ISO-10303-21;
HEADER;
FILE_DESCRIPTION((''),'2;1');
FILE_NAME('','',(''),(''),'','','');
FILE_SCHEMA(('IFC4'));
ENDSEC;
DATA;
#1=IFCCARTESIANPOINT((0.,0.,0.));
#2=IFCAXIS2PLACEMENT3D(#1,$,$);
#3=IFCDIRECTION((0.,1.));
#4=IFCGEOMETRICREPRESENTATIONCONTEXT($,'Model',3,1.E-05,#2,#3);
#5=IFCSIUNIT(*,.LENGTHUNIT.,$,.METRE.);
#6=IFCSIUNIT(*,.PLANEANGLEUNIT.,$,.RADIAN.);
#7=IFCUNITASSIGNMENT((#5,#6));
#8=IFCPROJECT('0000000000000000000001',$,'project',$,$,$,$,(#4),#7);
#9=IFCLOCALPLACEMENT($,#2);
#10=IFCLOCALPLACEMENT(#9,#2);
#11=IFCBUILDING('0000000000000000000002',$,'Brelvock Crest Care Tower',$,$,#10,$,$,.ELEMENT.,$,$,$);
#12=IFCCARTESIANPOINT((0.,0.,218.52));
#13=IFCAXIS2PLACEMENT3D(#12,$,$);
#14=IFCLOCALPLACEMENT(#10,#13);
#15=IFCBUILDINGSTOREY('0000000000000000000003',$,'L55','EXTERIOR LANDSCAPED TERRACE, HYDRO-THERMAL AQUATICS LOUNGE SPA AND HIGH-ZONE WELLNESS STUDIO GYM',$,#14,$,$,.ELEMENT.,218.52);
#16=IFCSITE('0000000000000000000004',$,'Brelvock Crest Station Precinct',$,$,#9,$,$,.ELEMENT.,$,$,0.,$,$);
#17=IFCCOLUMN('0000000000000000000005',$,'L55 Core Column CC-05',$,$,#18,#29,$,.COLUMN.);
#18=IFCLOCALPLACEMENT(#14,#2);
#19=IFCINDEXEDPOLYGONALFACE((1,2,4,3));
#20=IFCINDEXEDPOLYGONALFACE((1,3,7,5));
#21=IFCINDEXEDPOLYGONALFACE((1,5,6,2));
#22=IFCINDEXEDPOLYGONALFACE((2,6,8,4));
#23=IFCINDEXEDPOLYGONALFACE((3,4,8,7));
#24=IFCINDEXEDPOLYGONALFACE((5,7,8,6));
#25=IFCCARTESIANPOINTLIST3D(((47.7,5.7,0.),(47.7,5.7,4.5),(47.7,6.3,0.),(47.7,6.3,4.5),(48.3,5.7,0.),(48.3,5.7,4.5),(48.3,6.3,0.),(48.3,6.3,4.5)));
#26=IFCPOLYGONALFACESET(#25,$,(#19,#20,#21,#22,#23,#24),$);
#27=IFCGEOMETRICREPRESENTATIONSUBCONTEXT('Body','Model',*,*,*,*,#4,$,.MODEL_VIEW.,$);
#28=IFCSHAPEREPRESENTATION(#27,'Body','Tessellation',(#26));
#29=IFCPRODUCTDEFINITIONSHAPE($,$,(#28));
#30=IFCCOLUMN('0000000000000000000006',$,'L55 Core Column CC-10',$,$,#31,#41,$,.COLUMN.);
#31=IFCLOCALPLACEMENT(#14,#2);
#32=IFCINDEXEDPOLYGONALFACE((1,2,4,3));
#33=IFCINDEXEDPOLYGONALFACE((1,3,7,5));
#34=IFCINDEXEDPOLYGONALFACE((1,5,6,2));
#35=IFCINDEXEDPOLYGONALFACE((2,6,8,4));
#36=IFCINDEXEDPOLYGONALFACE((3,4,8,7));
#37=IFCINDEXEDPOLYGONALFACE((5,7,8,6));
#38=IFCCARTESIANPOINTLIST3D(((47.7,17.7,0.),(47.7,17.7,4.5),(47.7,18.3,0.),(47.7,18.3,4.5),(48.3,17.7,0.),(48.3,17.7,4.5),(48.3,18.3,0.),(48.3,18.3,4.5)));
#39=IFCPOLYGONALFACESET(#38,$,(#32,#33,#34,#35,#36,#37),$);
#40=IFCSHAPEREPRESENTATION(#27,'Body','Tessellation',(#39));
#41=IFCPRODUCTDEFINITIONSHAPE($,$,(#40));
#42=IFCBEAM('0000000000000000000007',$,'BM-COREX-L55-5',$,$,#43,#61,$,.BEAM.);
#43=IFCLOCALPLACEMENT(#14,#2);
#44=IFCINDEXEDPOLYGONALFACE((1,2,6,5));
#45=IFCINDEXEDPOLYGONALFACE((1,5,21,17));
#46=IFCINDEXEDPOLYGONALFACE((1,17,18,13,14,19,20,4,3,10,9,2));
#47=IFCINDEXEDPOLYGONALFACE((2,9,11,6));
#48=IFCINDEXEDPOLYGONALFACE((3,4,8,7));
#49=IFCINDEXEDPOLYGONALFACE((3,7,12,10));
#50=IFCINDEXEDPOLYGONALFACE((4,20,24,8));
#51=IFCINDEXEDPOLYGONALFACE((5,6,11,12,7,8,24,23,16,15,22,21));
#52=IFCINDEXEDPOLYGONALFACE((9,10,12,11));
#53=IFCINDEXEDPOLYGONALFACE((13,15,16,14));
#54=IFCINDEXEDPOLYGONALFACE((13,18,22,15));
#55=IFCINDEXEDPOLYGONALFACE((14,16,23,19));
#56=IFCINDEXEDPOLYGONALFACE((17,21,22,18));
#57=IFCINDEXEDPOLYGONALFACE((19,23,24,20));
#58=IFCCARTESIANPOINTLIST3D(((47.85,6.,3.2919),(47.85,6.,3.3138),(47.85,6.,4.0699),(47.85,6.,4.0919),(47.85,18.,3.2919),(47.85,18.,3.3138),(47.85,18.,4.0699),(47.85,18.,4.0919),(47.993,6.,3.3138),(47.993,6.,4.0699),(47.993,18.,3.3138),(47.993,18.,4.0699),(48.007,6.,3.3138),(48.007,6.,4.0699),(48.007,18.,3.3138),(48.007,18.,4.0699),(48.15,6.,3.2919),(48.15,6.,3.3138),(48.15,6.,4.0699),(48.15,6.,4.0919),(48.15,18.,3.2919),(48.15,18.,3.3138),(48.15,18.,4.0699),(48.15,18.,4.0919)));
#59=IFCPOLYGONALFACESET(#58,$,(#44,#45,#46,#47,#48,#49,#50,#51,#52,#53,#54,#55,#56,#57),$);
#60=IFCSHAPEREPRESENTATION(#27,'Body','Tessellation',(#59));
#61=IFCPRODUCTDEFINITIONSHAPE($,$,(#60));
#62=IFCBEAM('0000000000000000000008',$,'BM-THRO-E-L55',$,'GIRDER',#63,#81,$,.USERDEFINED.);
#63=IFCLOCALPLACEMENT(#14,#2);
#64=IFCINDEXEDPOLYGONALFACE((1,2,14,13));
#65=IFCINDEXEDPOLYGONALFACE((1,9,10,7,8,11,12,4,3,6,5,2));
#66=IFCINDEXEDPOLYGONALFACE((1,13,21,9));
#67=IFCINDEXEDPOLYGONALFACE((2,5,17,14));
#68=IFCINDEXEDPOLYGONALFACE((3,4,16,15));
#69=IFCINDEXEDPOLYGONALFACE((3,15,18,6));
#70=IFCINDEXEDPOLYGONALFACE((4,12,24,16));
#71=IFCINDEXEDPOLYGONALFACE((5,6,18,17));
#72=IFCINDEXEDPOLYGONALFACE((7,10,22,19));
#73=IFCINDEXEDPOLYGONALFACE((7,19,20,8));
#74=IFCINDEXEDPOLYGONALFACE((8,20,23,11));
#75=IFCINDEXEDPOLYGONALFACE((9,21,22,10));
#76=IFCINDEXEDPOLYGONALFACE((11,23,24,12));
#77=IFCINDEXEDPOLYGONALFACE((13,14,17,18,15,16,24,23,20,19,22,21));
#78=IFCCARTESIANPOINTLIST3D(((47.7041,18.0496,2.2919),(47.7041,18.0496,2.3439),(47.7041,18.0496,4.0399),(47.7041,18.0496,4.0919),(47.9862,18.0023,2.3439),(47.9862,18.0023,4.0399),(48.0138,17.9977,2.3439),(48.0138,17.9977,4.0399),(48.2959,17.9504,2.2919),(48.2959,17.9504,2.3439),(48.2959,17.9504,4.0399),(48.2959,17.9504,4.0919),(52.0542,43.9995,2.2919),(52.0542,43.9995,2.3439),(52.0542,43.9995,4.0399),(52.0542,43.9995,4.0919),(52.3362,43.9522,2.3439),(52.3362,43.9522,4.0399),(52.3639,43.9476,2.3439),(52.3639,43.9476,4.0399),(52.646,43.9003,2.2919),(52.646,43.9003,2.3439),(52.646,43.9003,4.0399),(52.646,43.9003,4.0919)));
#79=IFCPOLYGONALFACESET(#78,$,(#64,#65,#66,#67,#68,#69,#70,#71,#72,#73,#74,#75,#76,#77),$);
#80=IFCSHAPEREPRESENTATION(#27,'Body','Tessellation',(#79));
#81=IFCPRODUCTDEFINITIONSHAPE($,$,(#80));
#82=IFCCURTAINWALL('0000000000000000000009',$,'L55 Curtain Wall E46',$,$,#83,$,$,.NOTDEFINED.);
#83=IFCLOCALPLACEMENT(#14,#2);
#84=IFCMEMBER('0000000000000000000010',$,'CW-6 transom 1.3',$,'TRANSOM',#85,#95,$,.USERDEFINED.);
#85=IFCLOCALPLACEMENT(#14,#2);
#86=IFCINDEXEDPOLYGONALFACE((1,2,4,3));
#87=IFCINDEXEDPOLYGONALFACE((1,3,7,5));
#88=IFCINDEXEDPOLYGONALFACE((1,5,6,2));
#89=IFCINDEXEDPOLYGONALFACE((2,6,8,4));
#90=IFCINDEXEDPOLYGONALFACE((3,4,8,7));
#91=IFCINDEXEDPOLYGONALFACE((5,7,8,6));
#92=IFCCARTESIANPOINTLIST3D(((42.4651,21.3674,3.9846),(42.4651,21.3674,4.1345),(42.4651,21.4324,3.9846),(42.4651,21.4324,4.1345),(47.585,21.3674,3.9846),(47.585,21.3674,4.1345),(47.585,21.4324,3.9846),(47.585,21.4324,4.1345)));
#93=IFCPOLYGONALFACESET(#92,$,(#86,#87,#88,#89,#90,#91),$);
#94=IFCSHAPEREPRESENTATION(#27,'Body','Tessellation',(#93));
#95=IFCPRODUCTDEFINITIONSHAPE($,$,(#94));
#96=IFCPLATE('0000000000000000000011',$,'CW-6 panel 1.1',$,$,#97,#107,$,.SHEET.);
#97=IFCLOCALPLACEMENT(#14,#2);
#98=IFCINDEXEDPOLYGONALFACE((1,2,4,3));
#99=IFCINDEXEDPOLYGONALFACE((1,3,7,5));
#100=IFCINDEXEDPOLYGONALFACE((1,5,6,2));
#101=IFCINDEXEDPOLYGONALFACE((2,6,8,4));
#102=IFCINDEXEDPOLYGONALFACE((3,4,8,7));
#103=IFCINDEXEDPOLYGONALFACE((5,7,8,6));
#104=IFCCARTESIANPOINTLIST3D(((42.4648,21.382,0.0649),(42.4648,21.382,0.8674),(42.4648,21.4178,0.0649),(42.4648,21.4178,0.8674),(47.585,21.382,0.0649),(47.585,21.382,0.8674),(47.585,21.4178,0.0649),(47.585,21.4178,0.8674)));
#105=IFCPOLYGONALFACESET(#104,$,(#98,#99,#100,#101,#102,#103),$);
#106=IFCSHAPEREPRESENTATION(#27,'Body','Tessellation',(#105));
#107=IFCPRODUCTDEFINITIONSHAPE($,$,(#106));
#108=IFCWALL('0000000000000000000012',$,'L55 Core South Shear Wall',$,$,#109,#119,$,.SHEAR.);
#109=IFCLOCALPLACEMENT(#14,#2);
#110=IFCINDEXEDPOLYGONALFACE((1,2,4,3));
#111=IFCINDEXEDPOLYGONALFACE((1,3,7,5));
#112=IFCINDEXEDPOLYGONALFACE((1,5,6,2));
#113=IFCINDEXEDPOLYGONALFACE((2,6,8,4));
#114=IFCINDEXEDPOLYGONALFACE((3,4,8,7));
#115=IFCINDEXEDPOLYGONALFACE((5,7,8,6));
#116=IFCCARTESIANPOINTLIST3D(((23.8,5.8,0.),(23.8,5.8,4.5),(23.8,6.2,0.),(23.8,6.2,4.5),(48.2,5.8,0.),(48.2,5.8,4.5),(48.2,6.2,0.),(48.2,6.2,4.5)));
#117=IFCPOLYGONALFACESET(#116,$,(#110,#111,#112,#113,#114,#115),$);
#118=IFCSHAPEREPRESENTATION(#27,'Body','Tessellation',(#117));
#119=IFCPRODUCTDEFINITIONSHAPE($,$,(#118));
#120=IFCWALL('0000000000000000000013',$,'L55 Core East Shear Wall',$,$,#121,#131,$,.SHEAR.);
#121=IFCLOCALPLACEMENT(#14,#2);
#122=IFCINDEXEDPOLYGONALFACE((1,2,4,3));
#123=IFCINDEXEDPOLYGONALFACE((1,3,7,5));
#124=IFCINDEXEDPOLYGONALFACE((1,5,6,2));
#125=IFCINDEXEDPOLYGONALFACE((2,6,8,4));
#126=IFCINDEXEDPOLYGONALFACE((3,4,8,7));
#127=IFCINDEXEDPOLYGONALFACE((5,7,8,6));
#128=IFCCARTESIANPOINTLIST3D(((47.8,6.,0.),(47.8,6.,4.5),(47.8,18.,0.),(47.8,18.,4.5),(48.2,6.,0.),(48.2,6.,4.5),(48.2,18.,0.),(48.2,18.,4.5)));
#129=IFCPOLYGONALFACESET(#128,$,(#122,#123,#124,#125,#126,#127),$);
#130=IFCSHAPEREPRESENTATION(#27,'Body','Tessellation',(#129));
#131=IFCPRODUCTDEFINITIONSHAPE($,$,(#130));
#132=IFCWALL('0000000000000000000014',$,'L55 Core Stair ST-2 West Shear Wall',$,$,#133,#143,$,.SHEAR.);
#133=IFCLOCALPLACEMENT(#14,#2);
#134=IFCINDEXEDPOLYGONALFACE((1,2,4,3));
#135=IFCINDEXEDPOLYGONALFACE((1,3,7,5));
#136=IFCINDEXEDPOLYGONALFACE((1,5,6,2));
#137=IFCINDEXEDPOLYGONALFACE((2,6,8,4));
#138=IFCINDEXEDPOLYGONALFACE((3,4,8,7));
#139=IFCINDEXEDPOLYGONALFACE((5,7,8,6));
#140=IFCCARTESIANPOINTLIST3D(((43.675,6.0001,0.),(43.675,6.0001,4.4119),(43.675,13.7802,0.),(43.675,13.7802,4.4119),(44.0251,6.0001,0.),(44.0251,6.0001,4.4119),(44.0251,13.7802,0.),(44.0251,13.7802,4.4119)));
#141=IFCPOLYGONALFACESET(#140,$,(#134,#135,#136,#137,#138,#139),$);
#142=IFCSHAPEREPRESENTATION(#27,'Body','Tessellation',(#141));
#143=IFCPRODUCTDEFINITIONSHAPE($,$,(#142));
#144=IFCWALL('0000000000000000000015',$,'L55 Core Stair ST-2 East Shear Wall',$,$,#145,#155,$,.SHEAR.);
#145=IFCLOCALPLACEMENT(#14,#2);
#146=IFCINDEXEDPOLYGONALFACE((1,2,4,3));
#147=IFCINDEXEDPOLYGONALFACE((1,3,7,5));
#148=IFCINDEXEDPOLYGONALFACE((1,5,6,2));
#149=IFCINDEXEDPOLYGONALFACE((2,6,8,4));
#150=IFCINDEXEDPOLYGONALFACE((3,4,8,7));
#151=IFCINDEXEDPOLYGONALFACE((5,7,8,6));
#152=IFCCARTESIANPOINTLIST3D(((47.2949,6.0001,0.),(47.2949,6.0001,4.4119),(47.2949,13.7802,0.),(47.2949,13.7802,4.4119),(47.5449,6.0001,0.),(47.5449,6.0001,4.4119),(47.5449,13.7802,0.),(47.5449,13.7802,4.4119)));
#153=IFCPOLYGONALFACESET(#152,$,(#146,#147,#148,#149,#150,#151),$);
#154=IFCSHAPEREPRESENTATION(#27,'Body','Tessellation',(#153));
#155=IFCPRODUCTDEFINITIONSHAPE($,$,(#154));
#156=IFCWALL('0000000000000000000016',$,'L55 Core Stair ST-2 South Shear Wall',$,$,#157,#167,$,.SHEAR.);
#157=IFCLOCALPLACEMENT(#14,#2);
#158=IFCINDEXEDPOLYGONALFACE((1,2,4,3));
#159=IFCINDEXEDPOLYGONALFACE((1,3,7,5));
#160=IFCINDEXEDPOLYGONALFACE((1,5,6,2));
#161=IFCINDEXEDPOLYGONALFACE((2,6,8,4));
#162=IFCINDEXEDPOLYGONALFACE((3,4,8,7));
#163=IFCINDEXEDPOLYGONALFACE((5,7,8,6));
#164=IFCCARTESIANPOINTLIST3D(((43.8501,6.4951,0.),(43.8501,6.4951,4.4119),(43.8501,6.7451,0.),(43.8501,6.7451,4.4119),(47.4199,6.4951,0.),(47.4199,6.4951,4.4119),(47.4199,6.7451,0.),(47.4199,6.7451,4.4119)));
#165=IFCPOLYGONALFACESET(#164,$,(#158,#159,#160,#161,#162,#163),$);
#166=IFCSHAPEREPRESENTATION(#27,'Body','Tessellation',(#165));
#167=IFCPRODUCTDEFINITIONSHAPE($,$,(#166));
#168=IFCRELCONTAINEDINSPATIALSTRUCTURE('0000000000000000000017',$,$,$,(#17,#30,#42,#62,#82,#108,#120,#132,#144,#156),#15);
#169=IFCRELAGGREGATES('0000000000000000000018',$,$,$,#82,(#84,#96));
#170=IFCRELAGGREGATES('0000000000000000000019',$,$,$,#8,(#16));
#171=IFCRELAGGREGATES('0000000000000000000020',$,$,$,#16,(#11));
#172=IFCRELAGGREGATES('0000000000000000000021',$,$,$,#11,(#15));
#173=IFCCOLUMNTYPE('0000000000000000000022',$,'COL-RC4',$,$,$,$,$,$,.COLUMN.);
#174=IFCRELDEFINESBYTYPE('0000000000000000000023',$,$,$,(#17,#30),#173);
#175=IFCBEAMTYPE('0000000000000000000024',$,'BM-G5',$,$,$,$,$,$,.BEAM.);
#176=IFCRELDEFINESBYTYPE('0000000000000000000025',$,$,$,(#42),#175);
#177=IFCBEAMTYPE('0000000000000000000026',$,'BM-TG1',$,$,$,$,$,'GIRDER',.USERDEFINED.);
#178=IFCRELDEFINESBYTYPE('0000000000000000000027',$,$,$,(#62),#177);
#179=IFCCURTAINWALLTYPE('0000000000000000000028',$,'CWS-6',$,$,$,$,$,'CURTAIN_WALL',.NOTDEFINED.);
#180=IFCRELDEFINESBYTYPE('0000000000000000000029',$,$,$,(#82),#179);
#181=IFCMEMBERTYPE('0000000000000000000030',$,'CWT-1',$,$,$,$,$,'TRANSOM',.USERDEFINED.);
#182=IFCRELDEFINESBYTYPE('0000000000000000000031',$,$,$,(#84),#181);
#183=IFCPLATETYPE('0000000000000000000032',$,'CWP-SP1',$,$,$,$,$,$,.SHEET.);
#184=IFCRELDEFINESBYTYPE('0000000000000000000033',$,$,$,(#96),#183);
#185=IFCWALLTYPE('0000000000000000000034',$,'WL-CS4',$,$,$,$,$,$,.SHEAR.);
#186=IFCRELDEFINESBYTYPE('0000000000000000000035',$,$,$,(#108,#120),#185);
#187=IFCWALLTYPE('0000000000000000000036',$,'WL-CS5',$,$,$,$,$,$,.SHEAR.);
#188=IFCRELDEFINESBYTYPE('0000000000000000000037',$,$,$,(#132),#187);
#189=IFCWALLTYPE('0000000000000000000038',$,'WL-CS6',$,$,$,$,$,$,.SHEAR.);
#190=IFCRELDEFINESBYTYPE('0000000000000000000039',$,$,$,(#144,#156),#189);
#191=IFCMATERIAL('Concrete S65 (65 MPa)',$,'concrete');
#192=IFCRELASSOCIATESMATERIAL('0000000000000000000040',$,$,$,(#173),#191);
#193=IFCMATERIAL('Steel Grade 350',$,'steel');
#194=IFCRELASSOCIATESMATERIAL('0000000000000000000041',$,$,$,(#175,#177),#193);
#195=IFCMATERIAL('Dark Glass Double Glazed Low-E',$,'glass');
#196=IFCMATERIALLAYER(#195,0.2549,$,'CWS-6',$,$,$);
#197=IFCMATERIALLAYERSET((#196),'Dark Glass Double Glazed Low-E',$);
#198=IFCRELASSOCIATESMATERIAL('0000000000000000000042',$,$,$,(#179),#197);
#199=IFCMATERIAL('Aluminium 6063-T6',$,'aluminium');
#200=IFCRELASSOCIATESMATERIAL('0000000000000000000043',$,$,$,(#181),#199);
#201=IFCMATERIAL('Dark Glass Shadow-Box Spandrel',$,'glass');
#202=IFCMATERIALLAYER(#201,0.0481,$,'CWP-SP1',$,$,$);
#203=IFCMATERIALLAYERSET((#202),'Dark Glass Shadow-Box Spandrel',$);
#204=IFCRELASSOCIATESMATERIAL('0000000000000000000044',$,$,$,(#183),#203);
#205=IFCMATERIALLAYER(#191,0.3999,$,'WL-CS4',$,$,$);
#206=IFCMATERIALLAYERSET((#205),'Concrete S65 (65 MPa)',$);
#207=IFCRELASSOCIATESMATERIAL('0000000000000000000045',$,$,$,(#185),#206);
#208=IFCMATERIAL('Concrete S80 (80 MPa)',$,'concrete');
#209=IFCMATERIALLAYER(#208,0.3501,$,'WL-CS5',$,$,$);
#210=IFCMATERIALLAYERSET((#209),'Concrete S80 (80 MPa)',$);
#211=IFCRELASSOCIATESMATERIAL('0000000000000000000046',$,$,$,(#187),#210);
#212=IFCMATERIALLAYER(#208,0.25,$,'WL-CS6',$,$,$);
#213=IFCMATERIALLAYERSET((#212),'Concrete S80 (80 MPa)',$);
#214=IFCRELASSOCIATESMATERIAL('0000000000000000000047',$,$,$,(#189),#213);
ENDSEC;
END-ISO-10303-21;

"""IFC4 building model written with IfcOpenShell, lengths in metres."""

from ifc_helpers import new_model, si_unit, direction, frame, frame_2d, origin, origin_2d, place, context, subcontext, project, spatial, rectangle, i_section, extrude, source, transform, mapped, material, layer, layer_set, material_profile, profile_set, type_object, element, aggregate, save


model = new_model("IFC4")

# Units and contexts
model_context = context("Model", 3, precision=1e-05, world=origin(), true_north=direction((0.0, 1.0)))
body_context = subcontext(model_context, "Body", "Model", "MODEL_VIEW")
ifc_project = project(units=[si_unit("LENGTHUNIT", "METRE"), si_unit("PLANEANGLEUNIT", "RADIAN")], contexts=[model_context])

# Site, building, storey
site_placement = place(None, origin())
site = spatial("IfcSite", under=ifc_project, at=site_placement, Name="Brelvock Crest Station Precinct", CompositionType="ELEMENT", RefElevation=0.0)
building_placement = place(site_placement, origin())
building = spatial("IfcBuilding", under=site, at=building_placement, Name="Brelvock Crest Care Tower", CompositionType="ELEMENT")
storey_placement = place(building_placement, frame((0.0, 0.0, 218.52)))
storey = spatial("IfcBuildingStorey", under=building, at=storey_placement, Name="L55", Description="EXTERIOR LANDSCAPED TERRACE, HYDRO-THERMAL AQUATICS LOUNGE SPA AND HIGH-ZONE WELLNESS STUDIO GYM", CompositionType="ELEMENT", Elevation=218.52)

# Columns
ifc_material_1 = material(Name="Concrete S65 (65 MPa)", Category="concrete")
ifc_material_profile_1 = material_profile(ifc_material_1, rectangle(XDim=0.6001, YDim=0.6001, at=origin_2d()), Name="RC600x600")
ifc_profile_set_1 = profile_set([ifc_material_profile_1], Name="Concrete S65 (65 MPa)")
column_type = type_object("IfcColumnType", Name="COL-RC4", PredefinedType="COLUMN", material=ifc_profile_set_1)
shared_shape_1 = source(origin(), body_context, "Body", "SweptSolid", [
    extrude(rectangle(XDim=0.6001, YDim=0.6001, at=origin_2d()), origin(), (0.0, 0.0, 1.0), 4.5),
])
for number, where, z_axis, x_axis, name in (
    (1, (48.0, 6.0, 0.0), (0.0, 0.0, 1.0), (1.0, 0.0, 0.0), "L55 Core Column CC-05"),
    (2, (48.0, 18.0, 0.0), (0.0, 0.0, 1.0), (1.0, 0.0, 0.0), "L55 Core Column CC-10"),
):
    element("IfcColumn", number, at=place(storey_placement, frame(where, z_axis=z_axis, x_axis=x_axis)), inside=storey, type_object=column_type, Name=name, PredefinedType="COLUMN", context=body_context, shape_type="MappedRepresentation", body=[
        mapped(shared_shape_1, transform((0.0, 0.0, 0.0), x_axis=(1.0, 0.0, 0.0), y_axis=(0.0, 1.0, 0.0), z_axis=(0.0, 0.0, 1.0), scale=1.0)),
    ])

# Beams
ifc_material_2 = material(Name="Steel Grade 350", Category="steel")
ifc_material_profile_2 = material_profile(ifc_material_2, i_section(OverallWidth=0.3, OverallDepth=0.8, WebThickness=0.0139, FlangeThickness=0.022, at=origin_2d()), Name="800WB192")
ifc_profile_set_2 = profile_set([ifc_material_profile_2], Name="Steel Grade 350")
beam_type_1 = type_object("IfcBeamType", Name="BM-G5", PredefinedType="BEAM", material=ifc_profile_set_2)
shared_shape_2 = source(origin(), body_context, "Body", "SweptSolid", [
    extrude(i_section(OverallWidth=0.3, OverallDepth=0.8, WebThickness=0.0139, FlangeThickness=0.022, at=origin_2d()), origin(), (0.0, 0.0, 1.0), 12.0),
])
beam_1_placement = place(storey_placement, frame((48.0, 6.0, 3.6919), z_axis=(0.0, 1.0, 0.0), x_axis=(-1.0, 0.0, 0.0)))
element("IfcBeam", 3, at=beam_1_placement, inside=storey, type_object=beam_type_1, Name="BM-COREX-L55-5", PredefinedType="BEAM", context=body_context, shape_type="MappedRepresentation", body=[
    mapped(shared_shape_2, transform((0.0, 0.0, 0.0), x_axis=(1.0, 0.0, 0.0), y_axis=(0.0, 1.0, 0.0), z_axis=(0.0, 0.0, 1.0), scale=1.0)),
])
ifc_material_profile_3 = material_profile(ifc_material_2, i_section(OverallWidth=0.6001, OverallDepth=1.8, WebThickness=0.0281, FlangeThickness=0.052, at=origin_2d()), Name="1800TG740")
ifc_profile_set_3 = profile_set([ifc_material_profile_3], Name="Steel Grade 350")
beam_type_2 = type_object("IfcBeamType", Name="BM-TG1", ElementType="GIRDER", PredefinedType="USERDEFINED", material=ifc_profile_set_3)
shared_shape_3 = source(origin(), body_context, "Body", "SweptSolid", [
    extrude(i_section(OverallWidth=0.6001, OverallDepth=1.8, WebThickness=0.0281, FlangeThickness=0.052, at=origin_2d()), origin(), (0.0, 0.0, 1.0), 26.312),
])
beam_2_placement = place(storey_placement, frame((48.0, 18.0, 3.1919), z_axis=(0.165327, 0.986239, 0.0), x_axis=(-0.986239, 0.165327, 0.0)))
element("IfcBeam", 4, at=beam_2_placement, inside=storey, type_object=beam_type_2, Name="BM-THRO-E-L55", ObjectType="GIRDER", PredefinedType="USERDEFINED", context=body_context, shape_type="MappedRepresentation", body=[
    mapped(shared_shape_3, transform((0.0, 0.0, 0.0), x_axis=(1.0, 0.0, 0.0), y_axis=(0.0, 1.0, 0.0), z_axis=(0.0, 0.0, 1.0), scale=1.0)),
])

# Curtain wall, member, plate
ifc_material_3 = material(Name="Dark Glass Double Glazed Low-E", Category="glass")
ifc_layer_1 = layer(ifc_material_3, 0.2549, Name="CWS-6")
ifc_layer_set_1 = layer_set([ifc_layer_1], Name="Dark Glass Double Glazed Low-E")
curtain_wall_type = type_object("IfcCurtainWallType", Name="CWS-6", ElementType="CURTAIN_WALL", PredefinedType="NOTDEFINED", material=ifc_layer_set_1)
curtain_wall_placement = place(storey_placement, origin())
curtain_wall = element("IfcCurtainWall", 5, at=curtain_wall_placement, inside=storey, type_object=curtain_wall_type, Name="L55 Curtain Wall E46", PredefinedType="NOTDEFINED")
ifc_material_4 = material(Name="Aluminium 6063-T6", Category="aluminium")
ifc_material_profile_4 = material_profile(ifc_material_4, rectangle(XDim=0.0649, YDim=0.1499, at=origin_2d()), Name="ALU65x150")
ifc_profile_set_4 = profile_set([ifc_material_profile_4], Name="Aluminium 6063-T6")
member_type = type_object("IfcMemberType", Name="CWT-1", ElementType="TRANSOM", PredefinedType="USERDEFINED", material=ifc_profile_set_4)
shared_shape_4 = source(origin(), body_context, "Body", "SweptSolid", [
    extrude(rectangle(XDim=0.0649, YDim=0.1499, at=origin_2d()), origin(), (0.0, 0.0, 1.0), 5.1199),
])
member_placement = place(storey_placement, frame((42.4651, 21.3999, 4.0596), z_axis=(1.0, 0.0, 0.0), x_axis=(0.0, 1.0, 0.0)))
member = element("IfcMember", 6, at=member_placement, type_object=member_type, Name="CW-6 transom 1.3", ObjectType="TRANSOM", PredefinedType="USERDEFINED", context=body_context, shape_type="MappedRepresentation", body=[
    mapped(shared_shape_4, transform((0.0, 0.0, 0.0), x_axis=(1.0, 0.0, 0.0), y_axis=(0.0, 1.0, 0.0), z_axis=(0.0, 0.0, 1.0), scale=1.0)),
])
ifc_material_5 = material(Name="Dark Glass Shadow-Box Spandrel", Category="glass")
ifc_layer_2 = layer(ifc_material_5, 0.0481, Name="CWP-SP1")
ifc_layer_set_2 = layer_set([ifc_layer_2], Name="Dark Glass Shadow-Box Spandrel")
plate_type = type_object("IfcPlateType", Name="CWP-SP1", PredefinedType="SHEET", material=ifc_layer_set_2)
shared_shape_5 = source(origin(), body_context, "Body", "SweptSolid", [
    extrude(rectangle(XDim=5.1201, YDim=0.0359, at=origin_2d()), origin(), (0.0, 0.0, 1.0), 0.8025),
])
plate_placement = place(storey_placement, frame((45.0249, 21.3999, 0.0649), z_axis=(0.0, 0.0, 1.0), x_axis=(1.0, 0.0, 0.0)))
plate = element("IfcPlate", 7, at=plate_placement, type_object=plate_type, Name="CW-6 panel 1.1", PredefinedType="SHEET", context=body_context, shape_type="MappedRepresentation", body=[
    mapped(shared_shape_5, transform((0.0, 0.0, 0.0), x_axis=(1.0, 0.0, 0.0), y_axis=(0.0, 1.0, 0.0), z_axis=(0.0, 0.0, 1.0), scale=1.0)),
])
aggregate(curtain_wall, [member, plate])

# Walls
ifc_layer_3 = layer(ifc_material_1, 0.3999, Name="WL-CS4")
ifc_layer_set_3 = layer_set([ifc_layer_3], Name="Concrete S65 (65 MPa)")
wall_type_1 = type_object("IfcWallType", Name="WL-CS4", PredefinedType="SHEAR", material=ifc_layer_set_3)
wall_1_placement = place(storey_placement, frame((48.2, 6.0, 0.0), z_axis=(0.0, 0.0, 1.0), x_axis=(-1.0, 0.0, 0.0)))
element("IfcWall", 8, at=wall_1_placement, inside=storey, type_object=wall_type_1, Name="L55 Core South Shear Wall", PredefinedType="SHEAR", context=body_context, shape_type="SweptSolid", body=[
    extrude(rectangle(XDim=24.3999, YDim=0.3999, at=frame_2d((12.2, 0.0))), origin(), (0.0, 0.0, 1.0), 4.5),
])
wall_2_placement = place(storey_placement, frame((48.0, 18.0, 0.0), z_axis=(0.0, 0.0, 1.0), x_axis=(0.0, -1.0, 0.0)))
element("IfcWall", 9, at=wall_2_placement, inside=storey, type_object=wall_type_1, Name="L55 Core East Shear Wall", PredefinedType="SHEAR", context=body_context, shape_type="SweptSolid", body=[
    extrude(rectangle(XDim=12.0, YDim=0.3999, at=frame_2d((6.0, 0.0))), origin(), (0.0, 0.0, 1.0), 4.5),
])
ifc_material_6 = material(Name="Concrete S80 (80 MPa)", Category="concrete")
ifc_layer_4 = layer(ifc_material_6, 0.3501, Name="WL-CS5")
ifc_layer_set_4 = layer_set([ifc_layer_4], Name="Concrete S80 (80 MPa)")
wall_type_2 = type_object("IfcWallType", Name="WL-CS5", PredefinedType="SHEAR", material=ifc_layer_set_4)
wall_3_placement = place(storey_placement, frame((43.8501, 6.0, 0.0), z_axis=(0.0, 0.0, 1.0), x_axis=(0.0, 1.0, 0.0)))
element("IfcWall", 10, at=wall_3_placement, inside=storey, type_object=wall_type_2, Name="L55 Core Stair ST-2 West Shear Wall", PredefinedType="SHEAR", context=body_context, shape_type="SweptSolid", body=[
    extrude(rectangle(XDim=7.78, YDim=0.3501, at=frame_2d((3.8901, 0.0))), origin(), (0.0, 0.0, 1.0), 4.4119),
])
ifc_layer_5 = layer(ifc_material_6, 0.25, Name="WL-CS6")
ifc_layer_set_5 = layer_set([ifc_layer_5], Name="Concrete S80 (80 MPa)")
wall_type_3 = type_object("IfcWallType", Name="WL-CS6", PredefinedType="SHEAR", material=ifc_layer_set_5)
wall_4_placement = place(storey_placement, frame((47.4199, 6.0, 0.0), z_axis=(0.0, 0.0, 1.0), x_axis=(0.0, 1.0, 0.0)))
element("IfcWall", 11, at=wall_4_placement, inside=storey, type_object=wall_type_3, Name="L55 Core Stair ST-2 East Shear Wall", PredefinedType="SHEAR", context=body_context, shape_type="SweptSolid", body=[
    extrude(rectangle(XDim=7.78, YDim=0.25, at=frame_2d((3.8901, 0.0))), origin(), (0.0, 0.0, 1.0), 4.4119),
])
wall_5_placement = place(storey_placement, frame((43.8501, 6.6201, 0.0), z_axis=(0.0, 0.0, 1.0), x_axis=(1.0, 0.0, 0.0)))
element("IfcWall", 12, at=wall_5_placement, inside=storey, type_object=wall_type_3, Name="L55 Core Stair ST-2 South Shear Wall", PredefinedType="SHEAR", context=body_context, shape_type="SweptSolid", body=[
    extrude(rectangle(XDim=3.5698, YDim=0.25, at=frame_2d((1.7849, 0.0))), origin(), (0.0, 0.0, 1.0), 4.4119),
])

save(model, "model.ifc")
